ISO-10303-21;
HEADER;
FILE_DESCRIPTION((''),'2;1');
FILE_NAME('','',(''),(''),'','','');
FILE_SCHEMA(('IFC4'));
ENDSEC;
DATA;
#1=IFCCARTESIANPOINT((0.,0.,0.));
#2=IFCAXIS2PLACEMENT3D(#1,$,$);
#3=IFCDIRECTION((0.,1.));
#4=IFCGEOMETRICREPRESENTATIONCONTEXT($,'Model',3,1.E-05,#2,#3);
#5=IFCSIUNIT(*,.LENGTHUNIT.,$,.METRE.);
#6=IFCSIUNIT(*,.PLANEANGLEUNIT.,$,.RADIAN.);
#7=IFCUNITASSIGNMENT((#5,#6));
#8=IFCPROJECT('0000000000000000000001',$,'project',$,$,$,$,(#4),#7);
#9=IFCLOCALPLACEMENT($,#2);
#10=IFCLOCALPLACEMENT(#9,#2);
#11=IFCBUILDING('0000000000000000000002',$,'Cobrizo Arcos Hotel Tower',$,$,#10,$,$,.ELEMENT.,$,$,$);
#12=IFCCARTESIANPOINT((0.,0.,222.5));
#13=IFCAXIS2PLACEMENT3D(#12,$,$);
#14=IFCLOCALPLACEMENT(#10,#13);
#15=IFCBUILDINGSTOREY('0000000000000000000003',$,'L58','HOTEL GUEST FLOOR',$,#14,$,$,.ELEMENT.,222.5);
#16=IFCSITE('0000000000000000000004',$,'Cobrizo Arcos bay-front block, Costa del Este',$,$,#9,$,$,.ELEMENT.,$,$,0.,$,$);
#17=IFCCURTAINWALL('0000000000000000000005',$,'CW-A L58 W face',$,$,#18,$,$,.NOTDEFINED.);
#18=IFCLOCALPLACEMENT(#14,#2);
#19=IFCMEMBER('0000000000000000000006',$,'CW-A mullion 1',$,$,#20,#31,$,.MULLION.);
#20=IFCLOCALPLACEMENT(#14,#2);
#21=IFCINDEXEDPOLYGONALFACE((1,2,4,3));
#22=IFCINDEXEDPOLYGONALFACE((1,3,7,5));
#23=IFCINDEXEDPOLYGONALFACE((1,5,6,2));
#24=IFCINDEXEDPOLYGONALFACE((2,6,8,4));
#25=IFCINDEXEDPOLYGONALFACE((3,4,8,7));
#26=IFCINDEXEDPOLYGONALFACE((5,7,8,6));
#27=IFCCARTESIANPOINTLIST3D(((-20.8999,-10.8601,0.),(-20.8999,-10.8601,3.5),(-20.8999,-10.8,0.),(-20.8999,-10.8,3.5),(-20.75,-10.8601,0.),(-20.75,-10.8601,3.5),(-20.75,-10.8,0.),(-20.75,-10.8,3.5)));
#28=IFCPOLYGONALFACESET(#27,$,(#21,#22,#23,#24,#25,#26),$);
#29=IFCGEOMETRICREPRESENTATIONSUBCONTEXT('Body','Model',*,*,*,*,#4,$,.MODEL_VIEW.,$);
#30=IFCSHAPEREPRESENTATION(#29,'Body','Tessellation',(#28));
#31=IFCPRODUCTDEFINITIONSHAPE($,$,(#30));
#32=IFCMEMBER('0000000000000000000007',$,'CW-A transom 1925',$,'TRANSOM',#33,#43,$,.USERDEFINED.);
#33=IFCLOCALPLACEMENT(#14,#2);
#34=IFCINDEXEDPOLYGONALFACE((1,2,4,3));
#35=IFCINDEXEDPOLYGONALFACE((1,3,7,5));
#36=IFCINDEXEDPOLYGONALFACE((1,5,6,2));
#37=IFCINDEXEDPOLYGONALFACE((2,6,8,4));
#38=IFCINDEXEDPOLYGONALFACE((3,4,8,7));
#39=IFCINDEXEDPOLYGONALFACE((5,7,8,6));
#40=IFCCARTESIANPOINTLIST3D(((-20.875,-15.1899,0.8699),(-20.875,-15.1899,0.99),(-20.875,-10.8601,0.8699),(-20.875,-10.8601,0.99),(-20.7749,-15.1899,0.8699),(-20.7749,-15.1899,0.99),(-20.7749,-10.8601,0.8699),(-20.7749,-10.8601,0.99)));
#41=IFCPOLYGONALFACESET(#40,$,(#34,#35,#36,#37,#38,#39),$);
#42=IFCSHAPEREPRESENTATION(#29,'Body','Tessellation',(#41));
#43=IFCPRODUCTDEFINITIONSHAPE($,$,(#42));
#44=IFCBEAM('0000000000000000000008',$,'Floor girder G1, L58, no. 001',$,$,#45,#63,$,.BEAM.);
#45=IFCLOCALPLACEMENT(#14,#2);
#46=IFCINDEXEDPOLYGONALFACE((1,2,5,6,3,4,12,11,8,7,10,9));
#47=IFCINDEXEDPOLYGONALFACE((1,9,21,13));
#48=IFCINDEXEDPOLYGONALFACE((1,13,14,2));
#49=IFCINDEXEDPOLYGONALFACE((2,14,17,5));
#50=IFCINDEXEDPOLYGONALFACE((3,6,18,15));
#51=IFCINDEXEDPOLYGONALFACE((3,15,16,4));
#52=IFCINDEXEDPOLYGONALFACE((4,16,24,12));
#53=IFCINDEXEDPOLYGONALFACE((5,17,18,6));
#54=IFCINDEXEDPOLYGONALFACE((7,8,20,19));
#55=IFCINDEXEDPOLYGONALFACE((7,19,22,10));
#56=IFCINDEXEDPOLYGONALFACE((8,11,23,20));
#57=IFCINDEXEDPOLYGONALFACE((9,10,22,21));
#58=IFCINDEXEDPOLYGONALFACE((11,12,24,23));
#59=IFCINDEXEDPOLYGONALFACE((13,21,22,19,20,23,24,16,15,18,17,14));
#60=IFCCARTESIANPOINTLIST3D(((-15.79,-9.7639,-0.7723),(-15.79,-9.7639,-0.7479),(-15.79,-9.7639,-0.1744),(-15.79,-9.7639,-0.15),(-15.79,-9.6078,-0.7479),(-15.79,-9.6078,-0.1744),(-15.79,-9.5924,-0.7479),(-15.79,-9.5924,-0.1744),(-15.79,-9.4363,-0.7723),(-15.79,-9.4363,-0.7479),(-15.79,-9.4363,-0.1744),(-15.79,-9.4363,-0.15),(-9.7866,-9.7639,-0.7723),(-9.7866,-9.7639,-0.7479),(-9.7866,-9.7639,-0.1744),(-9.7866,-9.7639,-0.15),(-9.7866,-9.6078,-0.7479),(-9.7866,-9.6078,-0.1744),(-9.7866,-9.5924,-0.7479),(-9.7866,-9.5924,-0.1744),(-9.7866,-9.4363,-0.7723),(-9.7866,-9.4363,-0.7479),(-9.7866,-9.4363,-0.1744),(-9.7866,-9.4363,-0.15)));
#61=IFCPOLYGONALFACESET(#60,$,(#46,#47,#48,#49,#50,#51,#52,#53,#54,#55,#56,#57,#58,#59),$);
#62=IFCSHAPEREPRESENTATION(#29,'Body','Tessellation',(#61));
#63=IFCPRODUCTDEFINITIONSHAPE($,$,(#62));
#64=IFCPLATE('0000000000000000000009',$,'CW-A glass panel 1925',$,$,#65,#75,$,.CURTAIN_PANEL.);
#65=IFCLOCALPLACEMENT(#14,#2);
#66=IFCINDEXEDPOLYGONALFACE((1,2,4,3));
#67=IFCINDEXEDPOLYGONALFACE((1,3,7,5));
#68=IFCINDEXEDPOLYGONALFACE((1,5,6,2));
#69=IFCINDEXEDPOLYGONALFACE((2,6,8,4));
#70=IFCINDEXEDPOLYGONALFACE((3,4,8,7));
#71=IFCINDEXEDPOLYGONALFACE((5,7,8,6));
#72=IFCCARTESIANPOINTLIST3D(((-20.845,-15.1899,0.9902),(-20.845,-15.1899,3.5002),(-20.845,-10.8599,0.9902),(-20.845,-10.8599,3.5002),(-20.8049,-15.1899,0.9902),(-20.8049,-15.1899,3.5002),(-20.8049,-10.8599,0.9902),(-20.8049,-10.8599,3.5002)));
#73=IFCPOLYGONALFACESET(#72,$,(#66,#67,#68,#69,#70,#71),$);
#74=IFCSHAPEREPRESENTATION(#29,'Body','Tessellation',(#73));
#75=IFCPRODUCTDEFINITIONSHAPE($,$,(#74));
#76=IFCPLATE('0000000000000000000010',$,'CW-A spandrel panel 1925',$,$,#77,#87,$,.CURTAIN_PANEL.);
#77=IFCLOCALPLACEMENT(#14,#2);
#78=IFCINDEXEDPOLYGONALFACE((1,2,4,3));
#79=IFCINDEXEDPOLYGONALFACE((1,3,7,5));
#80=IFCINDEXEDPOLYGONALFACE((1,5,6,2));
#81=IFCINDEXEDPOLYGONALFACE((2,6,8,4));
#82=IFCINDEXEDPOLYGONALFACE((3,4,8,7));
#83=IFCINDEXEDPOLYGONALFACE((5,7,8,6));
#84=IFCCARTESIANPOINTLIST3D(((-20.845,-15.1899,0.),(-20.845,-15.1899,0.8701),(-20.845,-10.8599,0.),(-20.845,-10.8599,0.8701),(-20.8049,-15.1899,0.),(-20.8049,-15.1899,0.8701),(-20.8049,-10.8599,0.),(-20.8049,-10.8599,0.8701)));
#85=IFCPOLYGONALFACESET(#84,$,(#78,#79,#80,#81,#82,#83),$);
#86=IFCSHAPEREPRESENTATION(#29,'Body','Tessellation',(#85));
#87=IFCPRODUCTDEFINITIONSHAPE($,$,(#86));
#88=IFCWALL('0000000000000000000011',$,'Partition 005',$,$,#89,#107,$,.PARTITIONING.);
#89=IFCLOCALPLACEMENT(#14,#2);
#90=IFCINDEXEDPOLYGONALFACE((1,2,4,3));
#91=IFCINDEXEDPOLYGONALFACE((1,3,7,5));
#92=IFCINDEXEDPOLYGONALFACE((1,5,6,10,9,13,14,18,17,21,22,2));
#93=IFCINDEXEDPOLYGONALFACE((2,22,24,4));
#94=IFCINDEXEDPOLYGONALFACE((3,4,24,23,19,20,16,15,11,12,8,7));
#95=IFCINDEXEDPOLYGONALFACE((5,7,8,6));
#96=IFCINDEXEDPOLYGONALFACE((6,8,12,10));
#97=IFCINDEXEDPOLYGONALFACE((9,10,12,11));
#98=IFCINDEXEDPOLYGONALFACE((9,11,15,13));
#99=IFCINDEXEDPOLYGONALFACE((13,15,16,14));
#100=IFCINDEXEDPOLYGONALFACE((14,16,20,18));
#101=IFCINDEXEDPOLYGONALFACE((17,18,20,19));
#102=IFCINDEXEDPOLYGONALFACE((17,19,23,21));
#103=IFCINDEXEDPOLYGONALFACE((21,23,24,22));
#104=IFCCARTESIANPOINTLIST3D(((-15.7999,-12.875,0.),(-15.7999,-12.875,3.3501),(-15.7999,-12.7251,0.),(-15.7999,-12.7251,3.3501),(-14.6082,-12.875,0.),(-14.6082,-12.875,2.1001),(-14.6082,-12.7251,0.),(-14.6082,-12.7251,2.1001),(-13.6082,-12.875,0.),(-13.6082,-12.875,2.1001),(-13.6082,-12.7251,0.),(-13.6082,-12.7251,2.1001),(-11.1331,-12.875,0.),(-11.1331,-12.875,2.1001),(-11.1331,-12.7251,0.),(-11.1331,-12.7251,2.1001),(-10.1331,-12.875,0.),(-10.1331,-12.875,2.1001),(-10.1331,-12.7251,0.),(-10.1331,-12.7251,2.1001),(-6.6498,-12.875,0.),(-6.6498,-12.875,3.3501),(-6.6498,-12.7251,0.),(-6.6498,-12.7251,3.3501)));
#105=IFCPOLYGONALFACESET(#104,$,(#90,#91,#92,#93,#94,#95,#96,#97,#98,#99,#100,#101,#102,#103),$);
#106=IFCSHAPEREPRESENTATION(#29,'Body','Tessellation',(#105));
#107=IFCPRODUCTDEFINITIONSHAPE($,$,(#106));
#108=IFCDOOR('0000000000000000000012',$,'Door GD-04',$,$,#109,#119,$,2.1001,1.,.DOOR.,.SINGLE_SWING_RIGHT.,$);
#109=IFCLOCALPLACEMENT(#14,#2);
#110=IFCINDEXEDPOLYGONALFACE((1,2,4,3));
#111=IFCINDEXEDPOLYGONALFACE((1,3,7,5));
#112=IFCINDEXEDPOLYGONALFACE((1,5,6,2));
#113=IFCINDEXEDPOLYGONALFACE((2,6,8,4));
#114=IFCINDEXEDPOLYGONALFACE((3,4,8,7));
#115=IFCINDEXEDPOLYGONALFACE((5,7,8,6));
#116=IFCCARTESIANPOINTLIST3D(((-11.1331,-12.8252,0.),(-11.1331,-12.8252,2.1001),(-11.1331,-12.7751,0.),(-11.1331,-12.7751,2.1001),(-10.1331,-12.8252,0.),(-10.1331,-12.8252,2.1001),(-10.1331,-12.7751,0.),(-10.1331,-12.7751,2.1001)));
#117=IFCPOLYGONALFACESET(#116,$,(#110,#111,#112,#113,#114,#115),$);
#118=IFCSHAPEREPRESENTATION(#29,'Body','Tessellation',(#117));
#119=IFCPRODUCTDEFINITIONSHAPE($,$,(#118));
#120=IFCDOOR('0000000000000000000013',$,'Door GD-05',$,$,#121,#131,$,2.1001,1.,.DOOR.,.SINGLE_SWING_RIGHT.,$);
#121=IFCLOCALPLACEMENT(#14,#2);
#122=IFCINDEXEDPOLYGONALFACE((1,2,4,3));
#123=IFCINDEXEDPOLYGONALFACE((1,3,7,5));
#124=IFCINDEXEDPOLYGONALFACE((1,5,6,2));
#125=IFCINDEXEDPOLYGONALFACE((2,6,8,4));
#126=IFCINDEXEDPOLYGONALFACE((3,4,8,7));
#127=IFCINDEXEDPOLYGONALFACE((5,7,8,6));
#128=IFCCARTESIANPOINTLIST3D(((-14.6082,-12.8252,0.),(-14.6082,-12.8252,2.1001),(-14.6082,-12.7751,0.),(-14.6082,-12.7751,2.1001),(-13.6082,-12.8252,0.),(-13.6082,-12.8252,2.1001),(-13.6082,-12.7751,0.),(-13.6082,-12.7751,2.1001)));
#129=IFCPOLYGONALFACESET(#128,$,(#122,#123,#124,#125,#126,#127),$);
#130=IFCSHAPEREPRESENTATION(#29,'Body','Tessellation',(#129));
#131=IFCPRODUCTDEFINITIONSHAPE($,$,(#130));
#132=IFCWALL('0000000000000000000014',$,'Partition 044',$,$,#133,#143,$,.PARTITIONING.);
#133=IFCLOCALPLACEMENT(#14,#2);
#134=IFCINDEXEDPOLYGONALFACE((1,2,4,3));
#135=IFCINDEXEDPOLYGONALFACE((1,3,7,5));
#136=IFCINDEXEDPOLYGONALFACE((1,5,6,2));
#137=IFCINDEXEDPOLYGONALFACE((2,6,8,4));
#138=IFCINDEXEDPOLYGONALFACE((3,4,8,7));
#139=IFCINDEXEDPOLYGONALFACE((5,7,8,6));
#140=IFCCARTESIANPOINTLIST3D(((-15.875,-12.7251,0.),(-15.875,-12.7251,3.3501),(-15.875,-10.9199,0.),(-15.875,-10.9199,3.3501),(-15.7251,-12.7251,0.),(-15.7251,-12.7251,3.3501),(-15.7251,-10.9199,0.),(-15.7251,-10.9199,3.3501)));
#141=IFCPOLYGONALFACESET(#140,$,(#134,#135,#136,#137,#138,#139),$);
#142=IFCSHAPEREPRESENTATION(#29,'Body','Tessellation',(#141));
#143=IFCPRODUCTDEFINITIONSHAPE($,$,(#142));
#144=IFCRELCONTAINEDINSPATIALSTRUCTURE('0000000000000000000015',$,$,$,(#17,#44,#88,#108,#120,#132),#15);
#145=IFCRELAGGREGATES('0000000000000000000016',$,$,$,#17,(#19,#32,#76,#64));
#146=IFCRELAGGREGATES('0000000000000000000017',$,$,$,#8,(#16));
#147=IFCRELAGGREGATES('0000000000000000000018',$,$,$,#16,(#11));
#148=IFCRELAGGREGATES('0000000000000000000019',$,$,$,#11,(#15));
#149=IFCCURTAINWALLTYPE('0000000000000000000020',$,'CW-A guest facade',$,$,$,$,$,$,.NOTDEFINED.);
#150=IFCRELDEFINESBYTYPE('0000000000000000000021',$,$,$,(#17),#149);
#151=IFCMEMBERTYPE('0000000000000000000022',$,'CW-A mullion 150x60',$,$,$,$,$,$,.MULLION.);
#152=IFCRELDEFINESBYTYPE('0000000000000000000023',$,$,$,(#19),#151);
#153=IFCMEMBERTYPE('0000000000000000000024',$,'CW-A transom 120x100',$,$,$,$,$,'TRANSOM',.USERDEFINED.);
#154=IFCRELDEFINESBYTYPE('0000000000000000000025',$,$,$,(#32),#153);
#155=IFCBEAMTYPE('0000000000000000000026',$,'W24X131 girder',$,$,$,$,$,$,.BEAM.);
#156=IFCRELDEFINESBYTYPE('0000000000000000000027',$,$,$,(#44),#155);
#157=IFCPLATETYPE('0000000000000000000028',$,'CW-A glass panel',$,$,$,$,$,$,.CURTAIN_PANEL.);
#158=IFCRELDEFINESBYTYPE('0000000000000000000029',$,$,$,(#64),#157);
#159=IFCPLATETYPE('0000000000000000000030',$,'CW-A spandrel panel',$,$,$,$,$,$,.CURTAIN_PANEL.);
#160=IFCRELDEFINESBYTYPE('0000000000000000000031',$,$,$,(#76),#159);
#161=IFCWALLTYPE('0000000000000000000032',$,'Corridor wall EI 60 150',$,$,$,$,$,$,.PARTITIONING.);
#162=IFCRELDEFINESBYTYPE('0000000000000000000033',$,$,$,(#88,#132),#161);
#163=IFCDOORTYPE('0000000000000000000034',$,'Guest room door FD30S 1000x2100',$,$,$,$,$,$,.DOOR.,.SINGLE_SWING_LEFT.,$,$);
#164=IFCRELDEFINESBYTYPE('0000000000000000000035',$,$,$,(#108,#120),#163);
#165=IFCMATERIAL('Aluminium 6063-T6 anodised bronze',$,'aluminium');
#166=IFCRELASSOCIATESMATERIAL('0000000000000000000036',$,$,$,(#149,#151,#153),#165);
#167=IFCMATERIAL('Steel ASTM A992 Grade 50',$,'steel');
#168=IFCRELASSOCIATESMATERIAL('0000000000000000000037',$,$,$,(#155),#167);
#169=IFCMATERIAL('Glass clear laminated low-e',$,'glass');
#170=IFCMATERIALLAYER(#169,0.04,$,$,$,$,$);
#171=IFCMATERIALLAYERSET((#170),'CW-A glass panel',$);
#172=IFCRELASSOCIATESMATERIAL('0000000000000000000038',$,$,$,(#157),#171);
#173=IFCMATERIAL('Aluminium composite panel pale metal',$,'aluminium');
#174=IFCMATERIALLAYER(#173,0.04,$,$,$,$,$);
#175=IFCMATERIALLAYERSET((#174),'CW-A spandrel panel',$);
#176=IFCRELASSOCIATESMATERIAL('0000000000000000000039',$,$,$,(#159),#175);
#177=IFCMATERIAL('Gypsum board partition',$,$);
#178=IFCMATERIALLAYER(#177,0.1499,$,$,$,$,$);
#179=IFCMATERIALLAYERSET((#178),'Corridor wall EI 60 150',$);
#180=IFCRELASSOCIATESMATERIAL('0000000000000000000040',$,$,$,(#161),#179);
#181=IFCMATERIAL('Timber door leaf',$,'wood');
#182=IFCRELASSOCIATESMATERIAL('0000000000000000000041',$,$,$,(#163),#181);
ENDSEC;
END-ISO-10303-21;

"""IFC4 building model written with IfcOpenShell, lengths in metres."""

from ifc_helpers import new_model, si_unit, direction, frame, frame_2d, origin, origin_2d, place, context, subcontext, project, spatial, rectangle, i_section, extrude, material, layer, layer_set, material_profile, profile_set, type_object, element, fill, aggregate, save


model = new_model("IFC4")

# Units and contexts
model_context = context("Model", 3, precision=1e-05, world=origin(), true_north=direction((0.0, 1.0)))
body_context = subcontext(model_context, "Body", "Model", "MODEL_VIEW")
ifc_project = project(units=[si_unit("LENGTHUNIT", "METRE"), si_unit("PLANEANGLEUNIT", "RADIAN")], contexts=[model_context])

# Site, building, storey
site_placement = place(None, origin())
site = spatial("IfcSite", under=ifc_project, at=site_placement, Name="Cobrizo Arcos bay-front block, Costa del Este", CompositionType="ELEMENT", RefElevation=0.0)
building_placement = place(site_placement, origin())
building = spatial("IfcBuilding", under=site, at=building_placement, Name="Cobrizo Arcos Hotel Tower", CompositionType="ELEMENT")
storey_placement = place(building_placement, frame((0.0, 0.0, 222.5)))
storey = spatial("IfcBuildingStorey", under=building, at=storey_placement, Name="L58", Description="HOTEL GUEST FLOOR", CompositionType="ELEMENT", Elevation=222.5)

# Curtain wall, members
ifc_material_1 = material(Name="Aluminium 6063-T6 anodised bronze", Category="aluminium")
curtain_wall_type = type_object("IfcCurtainWallType", Name="CW-A guest facade", PredefinedType="NOTDEFINED", material=ifc_material_1)
curtain_wall_placement = place(storey_placement, origin())
curtain_wall = element("IfcCurtainWall", 1, at=curtain_wall_placement, inside=storey, type_object=curtain_wall_type, Name="CW-A L58 W face", PredefinedType="NOTDEFINED")
ifc_material_profile_1 = material_profile(ifc_material_1, rectangle(XDim=0.1499, YDim=0.0601, at=origin_2d()), Name="CW-A mullion 150x60")
ifc_profile_set_1 = profile_set([ifc_material_profile_1], Name="Aluminium 6063-T6 anodised bronze")
member_type_1 = type_object("IfcMemberType", Name="CW-A mullion 150x60", PredefinedType="MULLION", material=ifc_profile_set_1)
member_1_placement = place(storey_placement, frame((-20.825, -10.8301, 0.0), z_axis=(0.0, 0.0, 1.0), x_axis=(-1.0, 0.0, 0.0)))
member_1 = element("IfcMember", 2, at=member_1_placement, type_object=member_type_1, Name="CW-A mullion 1", PredefinedType="MULLION", context=body_context, shape_type="SweptSolid", body=[
    extrude(rectangle(XDim=0.1499, YDim=0.0601, at=origin_2d()), origin(), (0.0, 0.0, 1.0), 3.5),
])
ifc_material_profile_2 = material_profile(ifc_material_1, rectangle(XDim=0.1001, YDim=0.1201, at=origin_2d()), Name="CW-A transom 120x100")
ifc_profile_set_2 = profile_set([ifc_material_profile_2], Name="Aluminium 6063-T6 anodised bronze")
member_type_2 = type_object("IfcMemberType", Name="CW-A transom 120x100", ElementType="TRANSOM", PredefinedType="USERDEFINED", material=ifc_profile_set_2)
member_2_placement = place(storey_placement, frame((-20.825, -10.8601, 0.9299), z_axis=(0.0, -1.0, 0.0), x_axis=(1.0, 0.0, 0.0)))
member_2 = element("IfcMember", 3, at=member_2_placement, type_object=member_type_2, Name="CW-A transom 1925", ObjectType="TRANSOM", PredefinedType="USERDEFINED", context=body_context, shape_type="SweptSolid", body=[
    extrude(rectangle(XDim=0.1001, YDim=0.1201, at=origin_2d()), origin(), (0.0, 0.0, 1.0), 4.3298),
])

# Beam
ifc_material_2 = material(Name="Steel ASTM A992 Grade 50", Category="steel")
ifc_material_profile_3 = material_profile(ifc_material_2, i_section(OverallWidth=0.3276, OverallDepth=0.6223, WebThickness=0.0154, FlangeThickness=0.0244, at=origin_2d()), Name="W24X131")
ifc_profile_set_3 = profile_set([ifc_material_profile_3], Name="Steel ASTM A992 Grade 50")
beam_type = type_object("IfcBeamType", Name="W24X131 girder", PredefinedType="BEAM", material=ifc_profile_set_3)
beam_placement = place(storey_placement, frame((-15.79, -9.6001, -0.4612), z_axis=(1.0, 0.0, 0.0), x_axis=(0.0, 1.0, 0.0)))
element("IfcBeam", 4, at=beam_placement, inside=storey, type_object=beam_type, Name="Floor girder G1, L58, no. 001", PredefinedType="BEAM", context=body_context, shape_type="SweptSolid", body=[
    extrude(i_section(OverallWidth=0.3276, OverallDepth=0.6223, WebThickness=0.0154, FlangeThickness=0.0244, at=origin_2d()), origin(), (0.0, 0.0, 1.0), 6.0034),
])

# Plates
ifc_material_3 = material(Name="Glass clear laminated low-e", Category="glass")
ifc_layer_1 = layer(ifc_material_3, 0.04)
ifc_layer_set_1 = layer_set([ifc_layer_1], Name="CW-A glass panel")
plate_type_1 = type_object("IfcPlateType", Name="CW-A glass panel", PredefinedType="CURTAIN_PANEL", material=ifc_layer_set_1)
plate_1_placement = place(storey_placement, frame((-20.825, -13.0249, 0.9902), z_axis=(0.0, 0.0, 1.0), x_axis=(0.0, -1.0, 0.0)))
plate_1 = element("IfcPlate", 5, at=plate_1_placement, type_object=plate_type_1, Name="CW-A glass panel 1925", PredefinedType="CURTAIN_PANEL", context=body_context, shape_type="SweptSolid", body=[
    extrude(rectangle(XDim=4.3301, YDim=0.04, at=origin_2d()), origin(), (0.0, 0.0, 1.0), 2.51),
])
ifc_material_4 = material(Name="Aluminium composite panel pale metal", Category="aluminium")
ifc_layer_2 = layer(ifc_material_4, 0.04)
ifc_layer_set_2 = layer_set([ifc_layer_2], Name="CW-A spandrel panel")
plate_type_2 = type_object("IfcPlateType", Name="CW-A spandrel panel", PredefinedType="CURTAIN_PANEL", material=ifc_layer_set_2)
plate_2_placement = place(storey_placement, frame((-20.825, -13.0249, 0.0), z_axis=(0.0, 0.0, 1.0), x_axis=(0.0, -1.0, 0.0)))
plate_2 = element("IfcPlate", 6, at=plate_2_placement, type_object=plate_type_2, Name="CW-A spandrel panel 1925", PredefinedType="CURTAIN_PANEL", context=body_context, shape_type="SweptSolid", body=[
    extrude(rectangle(XDim=4.3301, YDim=0.04, at=origin_2d()), origin(), (0.0, 0.0, 1.0), 0.8701),
])
aggregate(curtain_wall, [member_1, member_2, plate_2, plate_1])

# Wall, openings, doors
ifc_material_5 = material(Name="Gypsum board partition")
ifc_layer_3 = layer(ifc_material_5, 0.1499)
ifc_layer_set_3 = layer_set([ifc_layer_3], Name="Corridor wall EI 60 150")
wall_type_1 = type_object("IfcWallType", Name="Corridor wall EI 60 150", PredefinedType="PARTITIONING", material=ifc_layer_set_3)
wall_1_placement = place(storey_placement, frame((-15.8, -12.8, 0.0), z_axis=(0.0, 0.0, 1.0), x_axis=(1.0, 0.0, 0.0)))
wall_1 = element("IfcWall", 7, at=wall_1_placement, inside=storey, type_object=wall_type_1, Name="Partition 005", PredefinedType="PARTITIONING", context=body_context, shape_type="SweptSolid", body=[
    extrude(rectangle(XDim=9.1501, YDim=0.1499, at=frame_2d((4.5752, 0.0))), origin(), (0.0, 0.0, 1.0), 3.3501),
])
opening_1_placement = place(wall_1_placement, frame((4.667, 0.0, 0.0)))
opening_1 = element("IfcOpeningElement", 8, at=opening_1_placement, cuts=wall_1, PredefinedType="OPENING", context=body_context, shape_type="SweptSolid", body=[
    extrude(rectangle(XDim=1.0, YDim=2.1001, at=frame_2d((0.5, 1.05))), frame((0.0, 0.0869, 0.0), z_axis=(0.0, -1.0, 0.0), x_axis=(1.0, 0.0, 0.0)), (0.0, 0.0, 1.0), 0.1738),
])
opening_2_placement = place(wall_1_placement, frame((1.1919, 0.0, 0.0)))
opening_2 = element("IfcOpeningElement", 9, at=opening_2_placement, cuts=wall_1, PredefinedType="OPENING", context=body_context, shape_type="SweptSolid", body=[
    extrude(rectangle(XDim=1.0, YDim=2.1001, at=frame_2d((0.5, 1.05))), frame((0.0, 0.0869, 0.0), z_axis=(0.0, -1.0, 0.0), x_axis=(1.0, 0.0, 0.0)), (0.0, 0.0, 1.0), 0.1738),
])
ifc_material_6 = material(Name="Timber door leaf", Category="wood")
door_type_1 = type_object("IfcDoorType", Name="Guest room door FD30S 1000x2100", OperationType="SINGLE_SWING_LEFT", PredefinedType="DOOR", material=ifc_material_6)
door_1_placement = place(opening_1_placement, origin())
door_1 = element("IfcDoor", 10, at=door_1_placement, inside=storey, type_object=door_type_1, Name="Door GD-04", OperationType="SINGLE_SWING_RIGHT", OverallHeight=2.1001, OverallWidth=1.0, PredefinedType="DOOR", context=body_context, shape_type="SweptSolid", body=[
    extrude(rectangle(XDim=1.0, YDim=2.1001, at=frame_2d((0.5, 1.05))), frame((0.0, 0.0249, 0.0), z_axis=(0.0, -1.0, 0.0), x_axis=(1.0, 0.0, 0.0)), (0.0, 0.0, 1.0), 0.05),
])
fill(opening_1, door_1)
door_2_placement = place(opening_2_placement, origin())
door_2 = element("IfcDoor", 11, at=door_2_placement, inside=storey, type_object=door_type_1, Name="Door GD-05", OperationType="SINGLE_SWING_RIGHT", OverallHeight=2.1001, OverallWidth=1.0, PredefinedType="DOOR", context=body_context, shape_type="SweptSolid", body=[
    extrude(rectangle(XDim=1.0, YDim=2.1001, at=frame_2d((0.5, 1.05))), frame((0.0, 0.0249, 0.0), z_axis=(0.0, -1.0, 0.0), x_axis=(1.0, 0.0, 0.0)), (0.0, 0.0, 1.0), 0.05),
])
fill(opening_2, door_2)

# Wall
wall_2_placement = place(storey_placement, frame((-15.8, -12.7251, 0.0), z_axis=(0.0, 0.0, 1.0), x_axis=(0.0, 1.0, 0.0)))
element("IfcWall", 12, at=wall_2_placement, inside=storey, type_object=wall_type_1, Name="Partition 044", PredefinedType="PARTITIONING", context=body_context, shape_type="SweptSolid", body=[
    extrude(rectangle(XDim=1.8052, YDim=0.1499, at=frame_2d((0.9026, 0.0))), origin(), (0.0, 0.0, 1.0), 3.3501),
])

save(model, "model.ifc")
